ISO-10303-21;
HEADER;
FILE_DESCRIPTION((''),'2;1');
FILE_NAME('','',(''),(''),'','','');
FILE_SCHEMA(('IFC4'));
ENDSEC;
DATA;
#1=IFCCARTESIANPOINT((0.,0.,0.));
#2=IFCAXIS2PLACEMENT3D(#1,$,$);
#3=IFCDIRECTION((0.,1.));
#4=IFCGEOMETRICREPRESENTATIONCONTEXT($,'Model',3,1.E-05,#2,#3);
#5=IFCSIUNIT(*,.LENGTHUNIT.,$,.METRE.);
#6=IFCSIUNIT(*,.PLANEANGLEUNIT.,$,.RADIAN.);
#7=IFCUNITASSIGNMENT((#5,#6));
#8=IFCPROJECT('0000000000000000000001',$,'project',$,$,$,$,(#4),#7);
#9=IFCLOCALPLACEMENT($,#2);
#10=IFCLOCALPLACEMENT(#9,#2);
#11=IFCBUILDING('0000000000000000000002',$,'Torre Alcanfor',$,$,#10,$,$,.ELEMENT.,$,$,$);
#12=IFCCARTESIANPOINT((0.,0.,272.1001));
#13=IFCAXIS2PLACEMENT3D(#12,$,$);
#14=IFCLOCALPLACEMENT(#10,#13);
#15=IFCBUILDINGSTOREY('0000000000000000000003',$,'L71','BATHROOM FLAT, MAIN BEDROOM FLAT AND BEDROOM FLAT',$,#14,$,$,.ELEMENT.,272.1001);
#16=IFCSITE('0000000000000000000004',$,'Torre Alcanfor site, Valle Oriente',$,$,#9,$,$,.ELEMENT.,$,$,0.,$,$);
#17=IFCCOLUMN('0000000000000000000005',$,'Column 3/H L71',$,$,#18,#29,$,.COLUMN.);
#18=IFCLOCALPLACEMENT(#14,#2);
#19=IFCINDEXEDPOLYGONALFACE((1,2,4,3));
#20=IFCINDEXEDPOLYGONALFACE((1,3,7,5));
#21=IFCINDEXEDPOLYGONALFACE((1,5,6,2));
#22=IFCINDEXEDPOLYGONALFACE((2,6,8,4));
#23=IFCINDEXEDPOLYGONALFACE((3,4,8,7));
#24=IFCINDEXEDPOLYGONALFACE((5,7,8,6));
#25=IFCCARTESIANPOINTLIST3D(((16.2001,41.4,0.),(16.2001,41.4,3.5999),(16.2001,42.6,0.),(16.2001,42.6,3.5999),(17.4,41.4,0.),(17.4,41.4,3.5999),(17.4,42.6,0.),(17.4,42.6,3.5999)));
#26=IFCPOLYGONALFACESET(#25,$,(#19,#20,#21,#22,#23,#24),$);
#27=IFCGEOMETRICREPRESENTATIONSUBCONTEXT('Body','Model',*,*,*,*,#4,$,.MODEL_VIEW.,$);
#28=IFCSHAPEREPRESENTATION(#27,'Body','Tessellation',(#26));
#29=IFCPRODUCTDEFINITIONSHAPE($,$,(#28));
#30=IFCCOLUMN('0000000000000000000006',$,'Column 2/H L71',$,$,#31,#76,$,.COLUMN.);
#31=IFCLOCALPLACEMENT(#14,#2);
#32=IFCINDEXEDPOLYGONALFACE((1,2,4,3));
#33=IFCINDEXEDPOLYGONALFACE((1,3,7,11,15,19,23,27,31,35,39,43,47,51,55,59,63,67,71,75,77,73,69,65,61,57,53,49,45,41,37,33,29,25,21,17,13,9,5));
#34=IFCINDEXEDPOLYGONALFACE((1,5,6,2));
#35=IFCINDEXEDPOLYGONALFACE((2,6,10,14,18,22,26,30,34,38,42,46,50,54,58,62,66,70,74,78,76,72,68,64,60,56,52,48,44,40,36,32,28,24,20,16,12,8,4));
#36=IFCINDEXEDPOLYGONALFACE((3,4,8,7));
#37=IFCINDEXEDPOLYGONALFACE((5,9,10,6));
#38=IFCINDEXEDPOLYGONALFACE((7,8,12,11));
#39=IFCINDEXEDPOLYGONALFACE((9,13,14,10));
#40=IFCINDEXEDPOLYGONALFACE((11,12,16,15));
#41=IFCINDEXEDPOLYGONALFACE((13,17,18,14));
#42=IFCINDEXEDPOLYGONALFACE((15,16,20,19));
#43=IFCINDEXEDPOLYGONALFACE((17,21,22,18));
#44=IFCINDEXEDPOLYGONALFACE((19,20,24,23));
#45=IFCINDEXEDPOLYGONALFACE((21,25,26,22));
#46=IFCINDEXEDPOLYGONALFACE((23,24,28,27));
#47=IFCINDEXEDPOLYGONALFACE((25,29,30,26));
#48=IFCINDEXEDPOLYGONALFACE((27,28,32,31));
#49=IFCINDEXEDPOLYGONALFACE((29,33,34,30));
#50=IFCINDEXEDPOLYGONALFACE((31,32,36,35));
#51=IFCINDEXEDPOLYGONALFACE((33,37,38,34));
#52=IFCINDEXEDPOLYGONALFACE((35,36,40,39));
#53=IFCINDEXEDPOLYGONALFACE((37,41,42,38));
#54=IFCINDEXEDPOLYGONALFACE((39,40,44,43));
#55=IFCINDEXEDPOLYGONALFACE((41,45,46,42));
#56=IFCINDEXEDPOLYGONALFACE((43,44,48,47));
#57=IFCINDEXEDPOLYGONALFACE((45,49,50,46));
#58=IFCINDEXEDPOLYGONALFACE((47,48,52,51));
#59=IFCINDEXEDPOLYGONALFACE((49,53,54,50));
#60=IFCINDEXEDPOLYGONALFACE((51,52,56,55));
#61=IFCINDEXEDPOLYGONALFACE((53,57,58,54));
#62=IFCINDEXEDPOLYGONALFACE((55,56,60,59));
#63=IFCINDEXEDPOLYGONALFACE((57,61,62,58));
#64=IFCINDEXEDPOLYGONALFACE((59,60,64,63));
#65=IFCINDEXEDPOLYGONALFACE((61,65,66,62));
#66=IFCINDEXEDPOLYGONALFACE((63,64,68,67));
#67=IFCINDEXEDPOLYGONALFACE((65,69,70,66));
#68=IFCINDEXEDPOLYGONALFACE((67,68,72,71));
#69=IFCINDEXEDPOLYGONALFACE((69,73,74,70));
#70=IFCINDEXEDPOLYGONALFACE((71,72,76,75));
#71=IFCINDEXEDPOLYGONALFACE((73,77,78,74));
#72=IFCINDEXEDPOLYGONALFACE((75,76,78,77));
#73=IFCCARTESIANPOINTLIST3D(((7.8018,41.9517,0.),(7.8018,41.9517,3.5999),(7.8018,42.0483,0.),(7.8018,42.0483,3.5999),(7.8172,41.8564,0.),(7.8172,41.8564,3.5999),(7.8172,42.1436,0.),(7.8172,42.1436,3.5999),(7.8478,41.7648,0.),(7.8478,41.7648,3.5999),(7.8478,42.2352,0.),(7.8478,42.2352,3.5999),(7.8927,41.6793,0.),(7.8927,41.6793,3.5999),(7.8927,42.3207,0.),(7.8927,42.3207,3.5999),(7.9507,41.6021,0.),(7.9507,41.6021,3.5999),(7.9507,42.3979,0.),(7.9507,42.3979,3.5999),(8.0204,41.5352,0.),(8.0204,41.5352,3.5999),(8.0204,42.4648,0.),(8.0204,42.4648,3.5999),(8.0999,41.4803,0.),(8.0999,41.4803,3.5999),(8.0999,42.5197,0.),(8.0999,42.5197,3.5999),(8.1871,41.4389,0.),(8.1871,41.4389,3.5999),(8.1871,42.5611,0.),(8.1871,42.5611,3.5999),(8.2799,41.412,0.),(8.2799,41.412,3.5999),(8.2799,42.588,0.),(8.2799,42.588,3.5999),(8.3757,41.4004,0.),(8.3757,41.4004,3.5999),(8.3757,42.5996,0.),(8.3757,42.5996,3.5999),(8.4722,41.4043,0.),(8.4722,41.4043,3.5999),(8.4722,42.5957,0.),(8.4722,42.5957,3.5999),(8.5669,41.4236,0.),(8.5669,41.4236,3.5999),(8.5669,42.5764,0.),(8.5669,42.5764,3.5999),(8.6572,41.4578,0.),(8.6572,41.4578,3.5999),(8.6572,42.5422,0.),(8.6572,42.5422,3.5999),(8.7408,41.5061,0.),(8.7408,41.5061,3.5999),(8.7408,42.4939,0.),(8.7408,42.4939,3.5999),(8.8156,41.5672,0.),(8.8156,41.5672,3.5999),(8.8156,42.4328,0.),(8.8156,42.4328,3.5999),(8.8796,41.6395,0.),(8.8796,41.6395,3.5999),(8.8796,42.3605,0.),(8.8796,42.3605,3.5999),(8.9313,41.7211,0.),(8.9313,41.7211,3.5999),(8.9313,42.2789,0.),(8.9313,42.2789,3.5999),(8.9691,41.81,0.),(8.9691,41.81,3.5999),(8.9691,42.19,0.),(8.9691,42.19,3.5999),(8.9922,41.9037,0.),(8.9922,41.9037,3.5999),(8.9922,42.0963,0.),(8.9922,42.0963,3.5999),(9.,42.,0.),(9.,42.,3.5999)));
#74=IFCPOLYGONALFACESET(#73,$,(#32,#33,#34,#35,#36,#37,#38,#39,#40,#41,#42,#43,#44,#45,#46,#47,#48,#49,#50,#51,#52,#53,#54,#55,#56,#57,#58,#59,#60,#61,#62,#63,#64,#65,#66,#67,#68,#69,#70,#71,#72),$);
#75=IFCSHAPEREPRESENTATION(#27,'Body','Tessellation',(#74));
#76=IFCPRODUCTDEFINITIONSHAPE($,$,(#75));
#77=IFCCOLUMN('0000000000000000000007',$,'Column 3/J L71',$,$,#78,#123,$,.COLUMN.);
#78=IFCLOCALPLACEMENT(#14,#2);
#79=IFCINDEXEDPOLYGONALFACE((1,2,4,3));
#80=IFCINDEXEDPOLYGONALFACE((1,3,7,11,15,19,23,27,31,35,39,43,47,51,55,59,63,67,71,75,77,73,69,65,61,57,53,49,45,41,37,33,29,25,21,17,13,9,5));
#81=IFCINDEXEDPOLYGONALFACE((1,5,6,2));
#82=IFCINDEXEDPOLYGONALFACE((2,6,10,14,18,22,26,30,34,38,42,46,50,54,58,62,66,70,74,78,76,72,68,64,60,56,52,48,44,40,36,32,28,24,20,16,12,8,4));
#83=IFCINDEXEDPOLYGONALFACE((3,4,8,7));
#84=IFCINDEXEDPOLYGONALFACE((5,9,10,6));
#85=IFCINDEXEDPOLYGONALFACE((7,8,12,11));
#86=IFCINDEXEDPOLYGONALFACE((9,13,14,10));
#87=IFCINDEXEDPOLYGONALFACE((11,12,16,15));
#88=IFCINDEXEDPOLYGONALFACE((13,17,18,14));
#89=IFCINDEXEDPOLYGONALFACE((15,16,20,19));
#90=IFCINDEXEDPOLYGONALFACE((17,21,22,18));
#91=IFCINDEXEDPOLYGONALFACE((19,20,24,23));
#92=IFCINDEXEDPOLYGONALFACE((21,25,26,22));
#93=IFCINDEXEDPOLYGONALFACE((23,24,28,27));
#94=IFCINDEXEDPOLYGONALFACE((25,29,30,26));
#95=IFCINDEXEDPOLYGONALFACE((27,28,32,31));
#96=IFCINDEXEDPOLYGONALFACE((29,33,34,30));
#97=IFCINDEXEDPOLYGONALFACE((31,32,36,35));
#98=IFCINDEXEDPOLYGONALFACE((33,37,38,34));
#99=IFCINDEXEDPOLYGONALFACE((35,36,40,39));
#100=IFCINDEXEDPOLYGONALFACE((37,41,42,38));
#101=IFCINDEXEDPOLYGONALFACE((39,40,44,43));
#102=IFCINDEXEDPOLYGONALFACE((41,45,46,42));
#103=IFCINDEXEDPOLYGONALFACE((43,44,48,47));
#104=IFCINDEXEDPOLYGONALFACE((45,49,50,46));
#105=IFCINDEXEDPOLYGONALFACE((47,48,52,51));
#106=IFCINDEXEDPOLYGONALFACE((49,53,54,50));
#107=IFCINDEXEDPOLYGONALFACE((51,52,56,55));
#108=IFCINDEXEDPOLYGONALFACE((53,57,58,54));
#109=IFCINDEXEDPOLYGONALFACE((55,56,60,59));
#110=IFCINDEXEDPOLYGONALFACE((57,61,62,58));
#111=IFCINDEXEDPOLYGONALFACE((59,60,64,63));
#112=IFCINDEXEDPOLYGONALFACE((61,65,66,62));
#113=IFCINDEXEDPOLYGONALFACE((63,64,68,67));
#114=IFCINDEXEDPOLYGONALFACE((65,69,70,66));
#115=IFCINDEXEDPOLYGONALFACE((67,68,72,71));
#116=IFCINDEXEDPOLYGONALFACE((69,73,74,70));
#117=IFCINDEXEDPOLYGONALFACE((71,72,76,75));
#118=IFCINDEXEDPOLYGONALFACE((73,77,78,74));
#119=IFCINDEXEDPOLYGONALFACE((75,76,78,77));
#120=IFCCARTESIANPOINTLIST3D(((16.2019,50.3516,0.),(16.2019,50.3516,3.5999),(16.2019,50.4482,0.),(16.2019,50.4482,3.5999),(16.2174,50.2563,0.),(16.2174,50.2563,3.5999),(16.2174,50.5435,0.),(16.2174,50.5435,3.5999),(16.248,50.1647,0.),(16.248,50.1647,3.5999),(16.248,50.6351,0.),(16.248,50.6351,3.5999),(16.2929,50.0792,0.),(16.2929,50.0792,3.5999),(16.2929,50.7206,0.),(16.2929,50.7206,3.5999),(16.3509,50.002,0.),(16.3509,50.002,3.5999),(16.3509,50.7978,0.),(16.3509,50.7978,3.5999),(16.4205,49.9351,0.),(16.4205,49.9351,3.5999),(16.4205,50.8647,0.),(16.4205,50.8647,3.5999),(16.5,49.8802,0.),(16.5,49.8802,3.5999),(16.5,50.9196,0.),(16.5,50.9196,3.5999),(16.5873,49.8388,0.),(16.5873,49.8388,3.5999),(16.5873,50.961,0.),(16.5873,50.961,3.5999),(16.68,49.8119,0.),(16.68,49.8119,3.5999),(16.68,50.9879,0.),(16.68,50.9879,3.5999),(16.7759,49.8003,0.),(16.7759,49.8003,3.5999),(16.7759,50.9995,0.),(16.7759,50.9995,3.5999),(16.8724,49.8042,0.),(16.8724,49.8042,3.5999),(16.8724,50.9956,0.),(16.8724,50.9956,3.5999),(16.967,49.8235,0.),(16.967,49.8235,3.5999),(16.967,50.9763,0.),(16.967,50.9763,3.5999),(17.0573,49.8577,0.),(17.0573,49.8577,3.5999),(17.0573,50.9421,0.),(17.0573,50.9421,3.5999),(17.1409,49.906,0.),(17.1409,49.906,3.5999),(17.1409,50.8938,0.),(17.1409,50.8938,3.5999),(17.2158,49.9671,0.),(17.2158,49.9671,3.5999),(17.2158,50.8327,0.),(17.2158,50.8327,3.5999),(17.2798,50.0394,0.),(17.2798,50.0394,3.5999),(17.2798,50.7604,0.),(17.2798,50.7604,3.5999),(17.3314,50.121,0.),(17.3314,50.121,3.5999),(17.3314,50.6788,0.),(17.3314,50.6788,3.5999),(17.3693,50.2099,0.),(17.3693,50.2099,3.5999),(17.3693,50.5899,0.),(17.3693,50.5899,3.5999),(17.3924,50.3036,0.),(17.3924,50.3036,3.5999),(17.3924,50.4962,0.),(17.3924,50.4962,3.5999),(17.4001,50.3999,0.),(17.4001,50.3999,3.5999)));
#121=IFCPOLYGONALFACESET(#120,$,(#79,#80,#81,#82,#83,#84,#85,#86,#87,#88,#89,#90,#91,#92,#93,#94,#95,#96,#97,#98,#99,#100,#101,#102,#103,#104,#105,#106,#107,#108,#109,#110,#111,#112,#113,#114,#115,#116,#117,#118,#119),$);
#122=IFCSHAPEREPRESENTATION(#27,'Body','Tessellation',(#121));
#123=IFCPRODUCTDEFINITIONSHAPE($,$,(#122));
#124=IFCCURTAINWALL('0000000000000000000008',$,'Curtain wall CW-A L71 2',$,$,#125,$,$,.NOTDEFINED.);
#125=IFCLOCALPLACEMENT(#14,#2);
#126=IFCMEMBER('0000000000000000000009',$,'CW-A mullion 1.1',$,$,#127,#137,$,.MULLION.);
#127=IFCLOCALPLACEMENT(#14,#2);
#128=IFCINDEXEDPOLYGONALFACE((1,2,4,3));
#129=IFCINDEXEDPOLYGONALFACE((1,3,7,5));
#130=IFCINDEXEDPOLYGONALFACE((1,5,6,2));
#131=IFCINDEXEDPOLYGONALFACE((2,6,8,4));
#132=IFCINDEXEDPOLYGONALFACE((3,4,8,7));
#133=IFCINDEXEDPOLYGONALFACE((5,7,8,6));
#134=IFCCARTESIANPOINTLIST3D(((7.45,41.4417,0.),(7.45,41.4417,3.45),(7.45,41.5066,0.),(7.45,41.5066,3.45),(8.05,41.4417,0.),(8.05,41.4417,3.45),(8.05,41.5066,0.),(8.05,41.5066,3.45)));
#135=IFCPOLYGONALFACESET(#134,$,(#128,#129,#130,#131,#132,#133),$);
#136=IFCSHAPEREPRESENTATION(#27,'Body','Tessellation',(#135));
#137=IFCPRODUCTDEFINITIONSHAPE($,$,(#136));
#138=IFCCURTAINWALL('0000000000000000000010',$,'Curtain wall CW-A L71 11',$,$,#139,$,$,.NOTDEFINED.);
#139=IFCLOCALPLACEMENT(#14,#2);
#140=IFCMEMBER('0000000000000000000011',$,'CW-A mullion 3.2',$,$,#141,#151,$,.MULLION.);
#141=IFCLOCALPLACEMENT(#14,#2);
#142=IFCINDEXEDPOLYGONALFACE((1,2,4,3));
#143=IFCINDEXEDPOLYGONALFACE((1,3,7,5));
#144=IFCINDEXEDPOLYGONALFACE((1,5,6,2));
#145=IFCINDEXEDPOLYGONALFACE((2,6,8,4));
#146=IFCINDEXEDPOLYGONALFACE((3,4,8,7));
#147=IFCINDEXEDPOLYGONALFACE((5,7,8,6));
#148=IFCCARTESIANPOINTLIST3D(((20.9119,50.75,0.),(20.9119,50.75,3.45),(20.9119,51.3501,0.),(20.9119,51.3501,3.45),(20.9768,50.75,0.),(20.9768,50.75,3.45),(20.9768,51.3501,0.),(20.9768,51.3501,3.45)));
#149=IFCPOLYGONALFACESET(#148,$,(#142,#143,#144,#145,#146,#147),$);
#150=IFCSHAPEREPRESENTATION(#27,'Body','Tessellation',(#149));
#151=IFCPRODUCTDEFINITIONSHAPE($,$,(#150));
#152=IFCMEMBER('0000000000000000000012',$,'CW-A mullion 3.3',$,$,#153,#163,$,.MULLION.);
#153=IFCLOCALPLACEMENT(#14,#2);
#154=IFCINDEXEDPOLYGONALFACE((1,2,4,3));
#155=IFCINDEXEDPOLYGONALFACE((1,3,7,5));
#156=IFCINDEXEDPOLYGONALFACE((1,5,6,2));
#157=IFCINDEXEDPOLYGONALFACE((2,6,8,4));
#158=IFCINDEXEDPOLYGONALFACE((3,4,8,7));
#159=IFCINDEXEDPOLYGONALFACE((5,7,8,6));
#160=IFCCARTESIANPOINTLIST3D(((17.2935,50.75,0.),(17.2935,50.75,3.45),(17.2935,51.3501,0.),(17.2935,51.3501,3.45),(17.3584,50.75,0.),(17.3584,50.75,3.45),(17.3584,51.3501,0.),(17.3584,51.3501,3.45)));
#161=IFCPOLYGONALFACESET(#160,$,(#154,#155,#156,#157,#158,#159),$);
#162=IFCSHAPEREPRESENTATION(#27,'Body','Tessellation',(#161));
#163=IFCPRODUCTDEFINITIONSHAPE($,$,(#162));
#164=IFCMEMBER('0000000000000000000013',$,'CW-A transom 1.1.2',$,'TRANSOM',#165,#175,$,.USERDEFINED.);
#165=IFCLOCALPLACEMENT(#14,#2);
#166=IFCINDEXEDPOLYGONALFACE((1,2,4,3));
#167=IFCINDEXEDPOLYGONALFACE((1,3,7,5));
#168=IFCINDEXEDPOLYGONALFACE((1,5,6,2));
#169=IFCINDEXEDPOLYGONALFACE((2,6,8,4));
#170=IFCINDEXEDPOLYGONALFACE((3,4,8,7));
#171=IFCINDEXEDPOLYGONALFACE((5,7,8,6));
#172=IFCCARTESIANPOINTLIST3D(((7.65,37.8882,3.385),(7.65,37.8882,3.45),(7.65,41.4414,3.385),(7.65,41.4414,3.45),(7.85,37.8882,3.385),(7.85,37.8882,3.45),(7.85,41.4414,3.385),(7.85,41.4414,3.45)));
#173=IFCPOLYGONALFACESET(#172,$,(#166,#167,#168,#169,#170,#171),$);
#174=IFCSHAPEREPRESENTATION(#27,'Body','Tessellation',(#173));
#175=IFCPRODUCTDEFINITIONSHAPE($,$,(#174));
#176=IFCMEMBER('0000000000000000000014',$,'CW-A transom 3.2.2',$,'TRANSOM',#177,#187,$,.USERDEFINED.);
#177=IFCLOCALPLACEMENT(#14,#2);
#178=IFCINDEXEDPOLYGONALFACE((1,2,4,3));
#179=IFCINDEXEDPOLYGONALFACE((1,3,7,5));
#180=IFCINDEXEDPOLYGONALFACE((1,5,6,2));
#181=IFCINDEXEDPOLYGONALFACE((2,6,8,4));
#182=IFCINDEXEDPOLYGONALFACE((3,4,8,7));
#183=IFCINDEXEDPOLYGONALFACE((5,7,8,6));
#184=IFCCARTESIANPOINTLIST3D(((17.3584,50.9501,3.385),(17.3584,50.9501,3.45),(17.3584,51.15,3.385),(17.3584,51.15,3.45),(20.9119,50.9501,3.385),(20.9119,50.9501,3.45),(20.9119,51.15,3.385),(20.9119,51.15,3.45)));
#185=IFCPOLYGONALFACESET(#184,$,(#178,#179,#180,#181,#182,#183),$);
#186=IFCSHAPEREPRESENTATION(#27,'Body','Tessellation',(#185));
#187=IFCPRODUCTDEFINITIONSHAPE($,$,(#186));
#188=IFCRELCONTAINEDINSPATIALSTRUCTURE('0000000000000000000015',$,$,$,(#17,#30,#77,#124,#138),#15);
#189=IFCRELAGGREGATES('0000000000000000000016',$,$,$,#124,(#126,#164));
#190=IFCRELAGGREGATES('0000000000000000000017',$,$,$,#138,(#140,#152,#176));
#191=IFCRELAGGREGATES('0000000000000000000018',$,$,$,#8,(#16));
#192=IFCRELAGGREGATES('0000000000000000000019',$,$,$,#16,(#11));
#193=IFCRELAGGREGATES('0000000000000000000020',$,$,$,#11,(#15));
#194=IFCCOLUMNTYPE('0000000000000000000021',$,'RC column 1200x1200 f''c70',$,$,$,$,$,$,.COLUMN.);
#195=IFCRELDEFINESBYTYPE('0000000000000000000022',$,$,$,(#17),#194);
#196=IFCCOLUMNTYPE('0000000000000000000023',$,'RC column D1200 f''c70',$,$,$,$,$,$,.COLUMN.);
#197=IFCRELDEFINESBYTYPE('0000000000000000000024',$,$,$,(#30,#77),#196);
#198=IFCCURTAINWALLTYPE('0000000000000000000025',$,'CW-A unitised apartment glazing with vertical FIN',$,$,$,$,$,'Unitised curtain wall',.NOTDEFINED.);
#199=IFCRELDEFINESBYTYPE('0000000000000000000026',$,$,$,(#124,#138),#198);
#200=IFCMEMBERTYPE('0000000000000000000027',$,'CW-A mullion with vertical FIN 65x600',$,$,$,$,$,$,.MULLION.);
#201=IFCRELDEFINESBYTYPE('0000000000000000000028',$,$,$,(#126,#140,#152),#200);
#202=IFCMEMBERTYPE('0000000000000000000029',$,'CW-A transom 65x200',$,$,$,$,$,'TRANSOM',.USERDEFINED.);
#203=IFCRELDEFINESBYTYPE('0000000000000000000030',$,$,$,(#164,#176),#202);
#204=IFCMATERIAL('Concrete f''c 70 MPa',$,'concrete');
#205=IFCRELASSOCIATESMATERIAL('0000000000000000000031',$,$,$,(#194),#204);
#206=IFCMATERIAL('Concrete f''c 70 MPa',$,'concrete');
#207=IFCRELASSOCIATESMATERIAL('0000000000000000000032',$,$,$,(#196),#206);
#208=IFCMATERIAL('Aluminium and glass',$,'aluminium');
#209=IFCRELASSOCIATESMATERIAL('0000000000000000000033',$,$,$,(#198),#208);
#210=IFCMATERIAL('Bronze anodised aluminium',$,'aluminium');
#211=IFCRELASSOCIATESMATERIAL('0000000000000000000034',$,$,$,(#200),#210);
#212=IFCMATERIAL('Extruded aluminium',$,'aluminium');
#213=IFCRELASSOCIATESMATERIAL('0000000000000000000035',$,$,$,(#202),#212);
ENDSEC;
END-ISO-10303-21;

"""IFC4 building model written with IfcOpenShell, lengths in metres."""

from ifc_helpers import new_model, si_unit, direction, frame, origin, origin_2d, place, context, subcontext, project, spatial, rectangle, circle, extrude, material, material_profile, profile_set, type_object, element, aggregate, save


model = new_model("IFC4")

# Units and contexts
model_context = context("Model", 3, precision=1e-05, world=origin(), true_north=direction((0.0, 1.0)))
body_context = subcontext(model_context, "Body", "Model", "MODEL_VIEW")
ifc_project = project(units=[si_unit("LENGTHUNIT", "METRE"), si_unit("PLANEANGLEUNIT", "RADIAN")], contexts=[model_context])

# Site, building, storey
site_placement = place(None, origin())
site = spatial("IfcSite", under=ifc_project, at=site_placement, Name="Torre Alcanfor site, Valle Oriente", CompositionType="ELEMENT", RefElevation=0.0)
building_placement = place(site_placement, origin())
building = spatial("IfcBuilding", under=site, at=building_placement, Name="Torre Alcanfor", CompositionType="ELEMENT")
storey_placement = place(building_placement, frame((0.0, 0.0, 272.1001)))
storey = spatial("IfcBuildingStorey", under=building, at=storey_placement, Name="L71", Description="BATHROOM FLAT, MAIN BEDROOM FLAT AND BEDROOM FLAT", CompositionType="ELEMENT", Elevation=272.1001)

# Columns
ifc_material_1 = material(Name="Concrete f'c 70 MPa", Category="concrete")
ifc_material_profile_1 = material_profile(ifc_material_1, rectangle(XDim=1.2, YDim=1.2, at=origin_2d()), Name="1200x1200")
ifc_profile_set_1 = profile_set([ifc_material_profile_1], Name="Concrete f'c 70 MPa")
column_type_1 = type_object("IfcColumnType", Name="RC column 1200x1200 f'c70", PredefinedType="COLUMN", material=ifc_profile_set_1)
column_placement = place(storey_placement, frame((16.8, 42.0, 0.0), z_axis=(0.0, 0.0, 1.0), x_axis=(1.0, 0.0, 0.0)))
element("IfcColumn", 1, at=column_placement, inside=storey, type_object=column_type_1, Name="Column 3/H L71", PredefinedType="COLUMN", context=body_context, shape_type="SweptSolid", body=[
    extrude(rectangle(XDim=1.2, YDim=1.2, at=origin_2d()), origin(), (0.0, 0.0, 1.0), 3.5999),
])
ifc_material_2 = material(Name="Concrete f'c 70 MPa", Category="concrete")
ifc_material_profile_2 = material_profile(ifc_material_2, circle(Radius=0.6001, at=origin_2d()), Name="D1200")
ifc_profile_set_2 = profile_set([ifc_material_profile_2], Name="Concrete f'c 70 MPa")
column_type_2 = type_object("IfcColumnType", Name="RC column D1200 f'c70", PredefinedType="COLUMN", material=ifc_profile_set_2)
for number, where, z_axis, x_axis, name in (
    (2, (8.3999, 42.0, 0.0), (0.0, 0.0, 1.0), (1.0, 0.0, 0.0), "Column 2/H L71"),
    (3, (16.8, 50.3999, 0.0), (0.0, 0.0, 1.0), (1.0, 0.0, 0.0), "Column 3/J L71"),
):
    element("IfcColumn", number, at=place(storey_placement, frame(where, z_axis=z_axis, x_axis=x_axis)), inside=storey, type_object=column_type_2, Name=name, PredefinedType="COLUMN", context=body_context, shape_type="SweptSolid", body=[
        extrude(circle(Radius=0.6001, at=origin_2d()), origin(), (0.0, 0.0, 1.0), 3.5999),
    ])

# Curtain wall, member
ifc_material_3 = material(Name="Aluminium and glass", Category="aluminium")
curtain_wall_type = type_object("IfcCurtainWallType", Name="CW-A unitised apartment glazing with vertical FIN", ElementType="Unitised curtain wall", PredefinedType="NOTDEFINED", material=ifc_material_3)
curtain_wall_1_placement = place(storey_placement, origin())
curtain_wall_1 = element("IfcCurtainWall", 4, at=curtain_wall_1_placement, inside=storey, type_object=curtain_wall_type, Name="Curtain wall CW-A L71 2", PredefinedType="NOTDEFINED")
ifc_material_4 = material(Name="Bronze anodised aluminium", Category="aluminium")
ifc_material_profile_3 = material_profile(ifc_material_4, rectangle(XDim=0.6001, YDim=0.0649, at=origin_2d()), Name="CW-A mullion 65x600")
ifc_profile_set_3 = profile_set([ifc_material_profile_3], Name="Bronze anodised aluminium")
member_type_1 = type_object("IfcMemberType", Name="CW-A mullion with vertical FIN 65x600", PredefinedType="MULLION", material=ifc_profile_set_3)
member_1_placement = place(storey_placement, frame((7.75, 41.4741, 0.0), z_axis=(0.0, 0.0, 1.0), x_axis=(1.0, 0.0, 0.0)))
member_1 = element("IfcMember", 5, at=member_1_placement, type_object=member_type_1, Name="CW-A mullion 1.1", PredefinedType="MULLION", context=body_context, shape_type="SweptSolid", body=[
    extrude(rectangle(XDim=0.6001, YDim=0.0649, at=origin_2d()), origin(), (0.0, 0.0, 1.0), 3.45),
])

# Curtain wall, members
curtain_wall_2_placement = place(storey_placement, origin())
curtain_wall_2 = element("IfcCurtainWall", 6, at=curtain_wall_2_placement, inside=storey, type_object=curtain_wall_type, Name="Curtain wall CW-A L71 11", PredefinedType="NOTDEFINED")
member_2_placement = place(storey_placement, frame((20.9443, 51.05, 0.0), z_axis=(0.0, 0.0, 1.0), x_axis=(0.0, -1.0, 0.0)))
member_2 = element("IfcMember", 7, at=member_2_placement, type_object=member_type_1, Name="CW-A mullion 3.2", PredefinedType="MULLION", context=body_context, shape_type="SweptSolid", body=[
    extrude(rectangle(XDim=0.6001, YDim=0.0649, at=origin_2d()), origin(), (0.0, 0.0, 1.0), 3.45),
])
member_3_placement = place(storey_placement, frame((17.3259, 51.05, 0.0), z_axis=(0.0, 0.0, 1.0), x_axis=(0.0, -1.0, 0.0)))
member_3 = element("IfcMember", 8, at=member_3_placement, type_object=member_type_1, Name="CW-A mullion 3.3", PredefinedType="MULLION", context=body_context, shape_type="SweptSolid", body=[
    extrude(rectangle(XDim=0.6001, YDim=0.0649, at=origin_2d()), origin(), (0.0, 0.0, 1.0), 3.45),
])

# Members
ifc_material_5 = material(Name="Extruded aluminium", Category="aluminium")
ifc_material_profile_4 = material_profile(ifc_material_5, rectangle(XDim=0.2, YDim=0.0649, at=origin_2d()), Name="CW-A transom 200x65")
ifc_profile_set_4 = profile_set([ifc_material_profile_4], Name="Extruded aluminium")
member_type_2 = type_object("IfcMemberType", Name="CW-A transom 65x200", ElementType="TRANSOM", PredefinedType="USERDEFINED", material=ifc_profile_set_4)
member_4_placement = place(storey_placement, frame((7.75, 41.4414, 3.4175), z_axis=(0.0, -1.0, 0.0), x_axis=(1.0, 0.0, 0.0)))
member_4 = element("IfcMember", 9, at=member_4_placement, type_object=member_type_2, Name="CW-A transom 1.1.2", ObjectType="TRANSOM", PredefinedType="USERDEFINED", context=body_context, shape_type="SweptSolid", body=[
    extrude(rectangle(XDim=0.2, YDim=0.0649, at=origin_2d()), origin(), (0.0, 0.0, 1.0), 3.5532),
])
aggregate(curtain_wall_1, [member_1, member_4])
member_5_placement = place(storey_placement, frame((20.9119, 51.05, 3.4175), z_axis=(-1.0, 0.0, 0.0), x_axis=(0.0, -1.0, 0.0)))
member_5 = element("IfcMember", 10, at=member_5_placement, type_object=member_type_2, Name="CW-A transom 3.2.2", ObjectType="TRANSOM", PredefinedType="USERDEFINED", context=body_context, shape_type="SweptSolid", body=[
    extrude(rectangle(XDim=0.2, YDim=0.0649, at=origin_2d()), origin(), (0.0, 0.0, 1.0), 3.5535),
])

aggregate(curtain_wall_2, [member_2, member_3, member_5])

save(model, "model.ifc")
